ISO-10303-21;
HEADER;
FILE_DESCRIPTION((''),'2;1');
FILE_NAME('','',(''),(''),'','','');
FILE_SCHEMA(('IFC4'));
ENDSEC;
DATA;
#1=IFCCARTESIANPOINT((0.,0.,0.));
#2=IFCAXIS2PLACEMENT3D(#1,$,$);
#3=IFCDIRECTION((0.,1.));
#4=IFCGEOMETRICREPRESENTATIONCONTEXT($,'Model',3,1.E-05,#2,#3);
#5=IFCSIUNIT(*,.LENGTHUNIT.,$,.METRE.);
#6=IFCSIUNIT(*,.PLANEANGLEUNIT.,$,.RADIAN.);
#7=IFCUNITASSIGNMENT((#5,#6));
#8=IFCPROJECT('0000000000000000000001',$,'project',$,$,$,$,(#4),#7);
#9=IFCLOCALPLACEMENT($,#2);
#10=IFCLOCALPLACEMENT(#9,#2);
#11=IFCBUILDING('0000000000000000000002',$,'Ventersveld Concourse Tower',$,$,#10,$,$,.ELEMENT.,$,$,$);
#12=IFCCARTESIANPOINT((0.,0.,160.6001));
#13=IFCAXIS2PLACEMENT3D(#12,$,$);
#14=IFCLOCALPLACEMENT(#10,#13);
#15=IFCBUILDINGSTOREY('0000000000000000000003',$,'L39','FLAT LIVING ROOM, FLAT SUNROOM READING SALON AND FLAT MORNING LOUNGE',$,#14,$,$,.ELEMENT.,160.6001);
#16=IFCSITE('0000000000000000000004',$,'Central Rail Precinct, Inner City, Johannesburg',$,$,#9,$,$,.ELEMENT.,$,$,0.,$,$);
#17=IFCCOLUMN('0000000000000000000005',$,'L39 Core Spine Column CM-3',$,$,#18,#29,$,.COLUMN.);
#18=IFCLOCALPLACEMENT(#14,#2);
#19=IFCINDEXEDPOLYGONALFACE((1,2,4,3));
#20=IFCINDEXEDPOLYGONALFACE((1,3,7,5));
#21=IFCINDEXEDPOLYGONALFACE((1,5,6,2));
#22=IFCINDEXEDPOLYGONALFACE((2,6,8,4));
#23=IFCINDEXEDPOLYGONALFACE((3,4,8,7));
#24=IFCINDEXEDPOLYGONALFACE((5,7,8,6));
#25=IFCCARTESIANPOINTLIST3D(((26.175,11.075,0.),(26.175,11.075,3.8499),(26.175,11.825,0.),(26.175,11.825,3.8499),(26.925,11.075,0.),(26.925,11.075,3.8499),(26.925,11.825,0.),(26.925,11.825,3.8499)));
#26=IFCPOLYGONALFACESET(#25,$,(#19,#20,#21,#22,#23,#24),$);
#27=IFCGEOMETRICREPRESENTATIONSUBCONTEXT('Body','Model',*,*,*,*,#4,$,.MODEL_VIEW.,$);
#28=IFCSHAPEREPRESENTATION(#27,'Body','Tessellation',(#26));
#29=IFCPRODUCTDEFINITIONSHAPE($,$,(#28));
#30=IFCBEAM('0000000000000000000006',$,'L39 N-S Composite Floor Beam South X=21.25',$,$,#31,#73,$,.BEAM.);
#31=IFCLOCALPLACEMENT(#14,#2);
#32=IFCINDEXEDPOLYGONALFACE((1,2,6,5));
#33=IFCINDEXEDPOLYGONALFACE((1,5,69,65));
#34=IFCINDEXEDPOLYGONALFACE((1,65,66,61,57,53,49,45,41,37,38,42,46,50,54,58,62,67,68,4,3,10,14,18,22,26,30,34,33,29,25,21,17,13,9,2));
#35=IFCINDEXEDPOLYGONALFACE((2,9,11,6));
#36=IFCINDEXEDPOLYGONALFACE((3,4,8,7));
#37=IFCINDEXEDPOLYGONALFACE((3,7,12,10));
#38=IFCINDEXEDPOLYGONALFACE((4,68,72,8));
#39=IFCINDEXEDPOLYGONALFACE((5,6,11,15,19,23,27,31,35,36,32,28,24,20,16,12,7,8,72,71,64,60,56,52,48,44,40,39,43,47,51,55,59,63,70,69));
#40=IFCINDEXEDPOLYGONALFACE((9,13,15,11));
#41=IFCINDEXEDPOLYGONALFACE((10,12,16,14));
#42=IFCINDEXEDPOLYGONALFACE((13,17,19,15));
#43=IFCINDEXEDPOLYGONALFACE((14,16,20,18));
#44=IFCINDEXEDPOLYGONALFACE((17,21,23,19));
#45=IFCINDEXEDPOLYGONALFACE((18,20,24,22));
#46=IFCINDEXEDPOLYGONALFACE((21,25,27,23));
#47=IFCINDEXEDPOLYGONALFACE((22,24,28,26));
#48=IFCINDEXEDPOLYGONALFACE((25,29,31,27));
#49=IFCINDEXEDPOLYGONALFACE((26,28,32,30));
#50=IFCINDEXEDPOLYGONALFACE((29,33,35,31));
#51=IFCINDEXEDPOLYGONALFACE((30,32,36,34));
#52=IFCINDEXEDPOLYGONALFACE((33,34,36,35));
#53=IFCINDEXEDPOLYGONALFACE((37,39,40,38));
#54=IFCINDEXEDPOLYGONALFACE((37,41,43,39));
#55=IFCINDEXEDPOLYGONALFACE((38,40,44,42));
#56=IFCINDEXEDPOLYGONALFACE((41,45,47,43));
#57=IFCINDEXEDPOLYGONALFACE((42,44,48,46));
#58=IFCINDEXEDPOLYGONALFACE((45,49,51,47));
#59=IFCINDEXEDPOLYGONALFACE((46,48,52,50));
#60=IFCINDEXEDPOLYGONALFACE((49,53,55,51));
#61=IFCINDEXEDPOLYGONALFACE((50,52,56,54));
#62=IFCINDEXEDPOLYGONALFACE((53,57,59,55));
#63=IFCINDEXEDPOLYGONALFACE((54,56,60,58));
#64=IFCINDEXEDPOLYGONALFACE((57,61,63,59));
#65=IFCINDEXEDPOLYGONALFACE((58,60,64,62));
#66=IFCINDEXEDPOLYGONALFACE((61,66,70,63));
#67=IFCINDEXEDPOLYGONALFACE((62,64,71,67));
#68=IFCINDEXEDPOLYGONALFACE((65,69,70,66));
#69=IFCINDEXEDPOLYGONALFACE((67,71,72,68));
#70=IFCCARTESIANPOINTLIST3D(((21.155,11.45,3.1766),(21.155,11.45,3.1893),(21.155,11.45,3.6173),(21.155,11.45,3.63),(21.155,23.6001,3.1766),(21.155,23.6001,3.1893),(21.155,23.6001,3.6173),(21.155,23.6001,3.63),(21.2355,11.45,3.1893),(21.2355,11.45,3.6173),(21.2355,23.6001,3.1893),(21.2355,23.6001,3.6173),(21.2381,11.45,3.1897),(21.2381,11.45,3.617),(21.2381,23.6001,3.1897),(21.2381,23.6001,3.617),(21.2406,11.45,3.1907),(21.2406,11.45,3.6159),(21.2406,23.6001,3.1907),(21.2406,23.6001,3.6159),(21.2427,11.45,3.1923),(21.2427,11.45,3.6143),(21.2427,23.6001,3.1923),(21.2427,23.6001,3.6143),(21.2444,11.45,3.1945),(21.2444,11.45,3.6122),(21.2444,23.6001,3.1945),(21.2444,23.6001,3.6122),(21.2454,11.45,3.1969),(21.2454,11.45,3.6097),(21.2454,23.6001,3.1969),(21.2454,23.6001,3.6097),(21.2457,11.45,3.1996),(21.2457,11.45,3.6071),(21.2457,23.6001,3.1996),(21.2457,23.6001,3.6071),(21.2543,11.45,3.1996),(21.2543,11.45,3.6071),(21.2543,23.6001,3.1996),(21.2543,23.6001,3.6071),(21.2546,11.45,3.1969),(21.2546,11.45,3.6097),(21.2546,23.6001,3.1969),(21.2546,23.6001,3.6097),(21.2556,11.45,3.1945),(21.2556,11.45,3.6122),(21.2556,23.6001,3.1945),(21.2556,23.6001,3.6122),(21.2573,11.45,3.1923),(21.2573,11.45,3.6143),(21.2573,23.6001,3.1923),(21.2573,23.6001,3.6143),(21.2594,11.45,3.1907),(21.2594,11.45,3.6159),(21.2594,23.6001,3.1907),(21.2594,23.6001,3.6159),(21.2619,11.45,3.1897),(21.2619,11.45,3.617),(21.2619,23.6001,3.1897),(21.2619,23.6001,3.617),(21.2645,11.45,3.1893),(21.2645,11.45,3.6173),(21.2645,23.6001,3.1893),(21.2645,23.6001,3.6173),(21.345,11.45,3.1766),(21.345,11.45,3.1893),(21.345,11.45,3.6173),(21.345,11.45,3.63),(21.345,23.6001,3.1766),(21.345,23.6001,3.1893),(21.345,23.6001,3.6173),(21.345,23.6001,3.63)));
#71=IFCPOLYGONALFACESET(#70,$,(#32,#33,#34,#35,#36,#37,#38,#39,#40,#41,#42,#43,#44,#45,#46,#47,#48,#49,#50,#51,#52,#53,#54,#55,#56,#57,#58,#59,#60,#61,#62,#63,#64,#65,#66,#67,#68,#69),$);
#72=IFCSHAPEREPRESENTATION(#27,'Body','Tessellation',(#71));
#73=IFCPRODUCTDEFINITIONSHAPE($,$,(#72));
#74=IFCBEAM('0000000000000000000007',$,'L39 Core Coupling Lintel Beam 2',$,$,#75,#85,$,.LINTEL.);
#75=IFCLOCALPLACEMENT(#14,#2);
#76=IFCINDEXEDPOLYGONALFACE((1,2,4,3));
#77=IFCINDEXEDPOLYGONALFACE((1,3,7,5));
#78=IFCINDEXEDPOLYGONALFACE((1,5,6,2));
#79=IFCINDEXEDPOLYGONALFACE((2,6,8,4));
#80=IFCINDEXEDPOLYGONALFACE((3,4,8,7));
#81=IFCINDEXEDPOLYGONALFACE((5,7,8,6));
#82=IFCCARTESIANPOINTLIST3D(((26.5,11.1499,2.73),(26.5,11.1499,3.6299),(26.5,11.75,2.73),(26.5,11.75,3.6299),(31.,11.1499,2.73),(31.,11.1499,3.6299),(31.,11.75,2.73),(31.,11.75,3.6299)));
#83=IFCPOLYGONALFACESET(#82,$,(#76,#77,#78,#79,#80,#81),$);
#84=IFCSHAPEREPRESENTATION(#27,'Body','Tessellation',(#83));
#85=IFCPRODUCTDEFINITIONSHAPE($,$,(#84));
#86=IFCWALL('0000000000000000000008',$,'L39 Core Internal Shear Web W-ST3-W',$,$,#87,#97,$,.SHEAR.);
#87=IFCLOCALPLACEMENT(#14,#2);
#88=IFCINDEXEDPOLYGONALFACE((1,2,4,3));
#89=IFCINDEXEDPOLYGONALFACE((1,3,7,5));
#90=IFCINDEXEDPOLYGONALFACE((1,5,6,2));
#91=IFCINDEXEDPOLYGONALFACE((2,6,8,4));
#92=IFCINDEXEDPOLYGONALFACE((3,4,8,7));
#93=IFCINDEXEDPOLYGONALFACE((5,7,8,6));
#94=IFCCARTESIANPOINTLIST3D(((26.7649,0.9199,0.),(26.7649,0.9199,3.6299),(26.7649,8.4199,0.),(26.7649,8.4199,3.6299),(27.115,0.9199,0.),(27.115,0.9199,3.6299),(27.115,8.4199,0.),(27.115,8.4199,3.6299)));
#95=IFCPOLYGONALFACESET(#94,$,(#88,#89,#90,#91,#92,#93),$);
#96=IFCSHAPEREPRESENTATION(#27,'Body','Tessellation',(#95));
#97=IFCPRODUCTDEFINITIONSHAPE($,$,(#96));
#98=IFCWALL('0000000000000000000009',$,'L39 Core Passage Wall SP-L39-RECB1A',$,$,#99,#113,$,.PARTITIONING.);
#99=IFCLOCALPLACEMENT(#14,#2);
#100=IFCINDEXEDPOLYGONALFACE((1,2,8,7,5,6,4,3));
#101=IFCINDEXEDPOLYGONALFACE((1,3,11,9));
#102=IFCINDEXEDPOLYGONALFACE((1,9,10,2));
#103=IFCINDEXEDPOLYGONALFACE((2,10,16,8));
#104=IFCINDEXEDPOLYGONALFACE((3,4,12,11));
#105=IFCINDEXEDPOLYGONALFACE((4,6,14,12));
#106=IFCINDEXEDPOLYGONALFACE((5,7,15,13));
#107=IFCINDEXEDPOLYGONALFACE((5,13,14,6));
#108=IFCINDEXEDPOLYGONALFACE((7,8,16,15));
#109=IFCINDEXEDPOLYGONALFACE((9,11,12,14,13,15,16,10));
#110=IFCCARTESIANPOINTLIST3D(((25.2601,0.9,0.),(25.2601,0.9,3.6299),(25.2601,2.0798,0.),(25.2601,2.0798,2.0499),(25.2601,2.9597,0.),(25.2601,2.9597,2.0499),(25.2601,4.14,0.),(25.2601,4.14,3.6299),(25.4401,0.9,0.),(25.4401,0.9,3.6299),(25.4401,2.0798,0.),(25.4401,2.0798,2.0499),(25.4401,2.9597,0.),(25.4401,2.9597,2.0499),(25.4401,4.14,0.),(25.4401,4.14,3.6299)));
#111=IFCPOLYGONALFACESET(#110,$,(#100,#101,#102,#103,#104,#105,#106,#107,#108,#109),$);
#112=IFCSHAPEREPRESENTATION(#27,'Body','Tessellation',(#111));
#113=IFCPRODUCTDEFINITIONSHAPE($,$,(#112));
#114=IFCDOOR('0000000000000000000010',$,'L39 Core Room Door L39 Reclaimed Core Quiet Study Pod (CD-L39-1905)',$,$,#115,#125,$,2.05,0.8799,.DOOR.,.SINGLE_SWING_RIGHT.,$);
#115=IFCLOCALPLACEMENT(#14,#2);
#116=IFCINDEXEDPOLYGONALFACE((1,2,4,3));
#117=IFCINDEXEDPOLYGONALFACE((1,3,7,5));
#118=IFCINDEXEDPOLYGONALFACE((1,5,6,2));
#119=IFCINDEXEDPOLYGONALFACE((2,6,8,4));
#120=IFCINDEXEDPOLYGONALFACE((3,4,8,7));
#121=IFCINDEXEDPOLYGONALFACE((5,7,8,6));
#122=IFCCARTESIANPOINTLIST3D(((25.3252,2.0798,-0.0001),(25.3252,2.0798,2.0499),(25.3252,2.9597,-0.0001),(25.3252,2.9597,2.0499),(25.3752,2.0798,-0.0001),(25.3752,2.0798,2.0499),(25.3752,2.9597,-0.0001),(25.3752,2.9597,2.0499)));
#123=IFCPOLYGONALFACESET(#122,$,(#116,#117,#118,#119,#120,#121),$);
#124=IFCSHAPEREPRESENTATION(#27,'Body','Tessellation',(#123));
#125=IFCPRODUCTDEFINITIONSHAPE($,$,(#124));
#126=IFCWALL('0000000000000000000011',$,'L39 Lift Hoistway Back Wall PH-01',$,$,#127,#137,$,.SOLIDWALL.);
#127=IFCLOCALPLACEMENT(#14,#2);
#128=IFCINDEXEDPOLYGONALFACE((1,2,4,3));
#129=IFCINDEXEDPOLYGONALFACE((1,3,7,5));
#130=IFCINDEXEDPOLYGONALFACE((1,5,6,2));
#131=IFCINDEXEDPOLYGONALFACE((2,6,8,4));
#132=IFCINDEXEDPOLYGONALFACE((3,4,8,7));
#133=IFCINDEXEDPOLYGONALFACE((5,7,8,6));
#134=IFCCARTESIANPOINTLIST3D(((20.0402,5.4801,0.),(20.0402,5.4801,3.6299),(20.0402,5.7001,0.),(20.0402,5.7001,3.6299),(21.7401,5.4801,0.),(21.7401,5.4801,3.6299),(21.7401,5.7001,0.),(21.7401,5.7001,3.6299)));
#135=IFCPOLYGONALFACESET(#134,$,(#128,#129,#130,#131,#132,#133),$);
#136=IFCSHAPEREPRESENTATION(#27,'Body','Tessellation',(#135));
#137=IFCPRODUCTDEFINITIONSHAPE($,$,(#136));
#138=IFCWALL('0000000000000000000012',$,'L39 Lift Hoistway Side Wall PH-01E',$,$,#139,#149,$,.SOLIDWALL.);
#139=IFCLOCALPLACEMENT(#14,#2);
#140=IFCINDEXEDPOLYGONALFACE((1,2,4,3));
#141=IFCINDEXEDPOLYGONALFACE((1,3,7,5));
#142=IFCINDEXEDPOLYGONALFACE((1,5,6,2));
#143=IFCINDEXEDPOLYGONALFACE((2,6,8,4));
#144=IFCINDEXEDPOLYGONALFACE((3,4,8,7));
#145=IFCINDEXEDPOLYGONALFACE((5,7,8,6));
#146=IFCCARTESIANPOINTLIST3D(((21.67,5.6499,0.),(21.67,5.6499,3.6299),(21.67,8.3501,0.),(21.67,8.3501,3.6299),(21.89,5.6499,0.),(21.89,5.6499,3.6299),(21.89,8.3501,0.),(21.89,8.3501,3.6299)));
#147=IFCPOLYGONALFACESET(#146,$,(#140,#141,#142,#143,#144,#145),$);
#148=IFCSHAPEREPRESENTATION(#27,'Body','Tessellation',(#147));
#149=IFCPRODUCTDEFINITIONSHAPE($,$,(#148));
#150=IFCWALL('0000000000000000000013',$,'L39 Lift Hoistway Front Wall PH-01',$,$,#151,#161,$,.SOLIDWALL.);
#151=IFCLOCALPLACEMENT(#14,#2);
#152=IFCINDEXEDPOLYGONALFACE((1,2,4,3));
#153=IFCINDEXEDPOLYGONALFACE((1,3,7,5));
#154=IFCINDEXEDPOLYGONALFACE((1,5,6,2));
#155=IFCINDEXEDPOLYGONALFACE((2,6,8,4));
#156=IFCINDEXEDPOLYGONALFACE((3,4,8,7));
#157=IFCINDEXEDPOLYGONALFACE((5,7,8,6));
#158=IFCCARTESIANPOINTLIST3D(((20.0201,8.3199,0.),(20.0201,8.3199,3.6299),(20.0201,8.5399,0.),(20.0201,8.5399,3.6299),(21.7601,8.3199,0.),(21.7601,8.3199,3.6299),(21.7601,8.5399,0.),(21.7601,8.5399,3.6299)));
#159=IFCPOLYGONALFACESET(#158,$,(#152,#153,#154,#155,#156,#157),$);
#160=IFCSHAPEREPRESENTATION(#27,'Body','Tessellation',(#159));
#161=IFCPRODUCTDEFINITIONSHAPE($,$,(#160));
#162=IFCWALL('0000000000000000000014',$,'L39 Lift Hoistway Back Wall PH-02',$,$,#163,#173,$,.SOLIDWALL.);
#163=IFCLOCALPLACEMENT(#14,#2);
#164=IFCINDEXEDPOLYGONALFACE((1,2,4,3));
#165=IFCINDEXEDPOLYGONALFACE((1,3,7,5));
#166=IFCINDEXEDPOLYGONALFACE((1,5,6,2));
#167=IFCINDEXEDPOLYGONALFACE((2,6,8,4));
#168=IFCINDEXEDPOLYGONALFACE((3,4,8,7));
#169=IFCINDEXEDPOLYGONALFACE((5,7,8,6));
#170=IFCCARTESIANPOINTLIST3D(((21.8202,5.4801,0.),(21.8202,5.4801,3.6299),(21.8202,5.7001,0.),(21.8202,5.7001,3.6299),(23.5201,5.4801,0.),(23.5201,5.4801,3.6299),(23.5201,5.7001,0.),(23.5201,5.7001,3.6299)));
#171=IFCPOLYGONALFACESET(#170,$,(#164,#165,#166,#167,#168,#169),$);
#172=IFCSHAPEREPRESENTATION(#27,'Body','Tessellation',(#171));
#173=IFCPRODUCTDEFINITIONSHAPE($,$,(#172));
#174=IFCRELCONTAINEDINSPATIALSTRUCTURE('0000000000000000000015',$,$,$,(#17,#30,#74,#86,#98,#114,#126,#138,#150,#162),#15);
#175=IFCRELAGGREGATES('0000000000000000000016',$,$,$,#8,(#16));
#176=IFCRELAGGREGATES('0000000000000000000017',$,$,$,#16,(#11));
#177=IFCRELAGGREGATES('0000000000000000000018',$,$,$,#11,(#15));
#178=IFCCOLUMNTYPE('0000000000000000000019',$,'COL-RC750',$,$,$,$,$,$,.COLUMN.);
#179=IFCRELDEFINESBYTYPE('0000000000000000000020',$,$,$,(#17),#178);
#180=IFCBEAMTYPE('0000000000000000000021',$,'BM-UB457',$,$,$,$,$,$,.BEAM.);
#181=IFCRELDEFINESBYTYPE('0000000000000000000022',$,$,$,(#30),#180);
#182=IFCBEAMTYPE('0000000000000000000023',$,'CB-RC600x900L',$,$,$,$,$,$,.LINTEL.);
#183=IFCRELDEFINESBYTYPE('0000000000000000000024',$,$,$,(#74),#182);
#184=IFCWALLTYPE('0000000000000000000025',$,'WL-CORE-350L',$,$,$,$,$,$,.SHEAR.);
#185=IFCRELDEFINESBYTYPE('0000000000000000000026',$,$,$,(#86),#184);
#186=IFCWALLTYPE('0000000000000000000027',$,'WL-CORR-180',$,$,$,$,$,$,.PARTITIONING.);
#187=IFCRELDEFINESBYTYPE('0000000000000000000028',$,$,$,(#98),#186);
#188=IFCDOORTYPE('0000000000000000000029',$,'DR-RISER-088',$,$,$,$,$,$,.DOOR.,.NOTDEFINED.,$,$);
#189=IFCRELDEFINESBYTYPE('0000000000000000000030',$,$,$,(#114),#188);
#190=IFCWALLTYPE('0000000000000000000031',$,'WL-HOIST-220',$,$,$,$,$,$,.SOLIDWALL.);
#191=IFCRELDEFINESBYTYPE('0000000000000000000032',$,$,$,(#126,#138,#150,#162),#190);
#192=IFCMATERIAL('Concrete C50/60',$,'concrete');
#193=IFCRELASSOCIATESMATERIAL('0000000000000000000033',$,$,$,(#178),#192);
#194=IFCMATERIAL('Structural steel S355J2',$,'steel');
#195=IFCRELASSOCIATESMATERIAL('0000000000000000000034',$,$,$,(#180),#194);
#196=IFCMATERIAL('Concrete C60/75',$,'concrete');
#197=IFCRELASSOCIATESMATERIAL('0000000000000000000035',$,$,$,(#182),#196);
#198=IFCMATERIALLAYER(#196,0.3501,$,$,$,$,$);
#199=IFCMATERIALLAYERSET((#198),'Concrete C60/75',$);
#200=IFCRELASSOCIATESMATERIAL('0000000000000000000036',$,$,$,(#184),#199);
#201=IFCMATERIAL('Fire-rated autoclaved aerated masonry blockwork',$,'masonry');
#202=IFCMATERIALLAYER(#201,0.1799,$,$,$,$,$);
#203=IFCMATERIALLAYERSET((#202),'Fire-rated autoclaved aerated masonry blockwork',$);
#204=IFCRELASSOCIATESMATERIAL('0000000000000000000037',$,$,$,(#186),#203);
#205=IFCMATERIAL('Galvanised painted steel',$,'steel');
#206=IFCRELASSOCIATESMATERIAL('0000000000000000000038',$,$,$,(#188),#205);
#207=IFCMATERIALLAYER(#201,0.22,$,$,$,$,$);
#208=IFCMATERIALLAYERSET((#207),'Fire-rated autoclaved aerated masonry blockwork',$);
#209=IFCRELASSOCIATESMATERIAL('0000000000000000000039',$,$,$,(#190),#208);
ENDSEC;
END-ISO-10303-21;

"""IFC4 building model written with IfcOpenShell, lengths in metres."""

from ifc_helpers import new_model, si_unit, direction, frame, frame_2d, origin, origin_2d, place, context, subcontext, project, spatial, rectangle, i_section, extrude, material, layer, layer_set, material_profile, profile_set, type_object, element, fill, save


model = new_model("IFC4")

# Units and contexts
model_context = context("Model", 3, precision=1e-05, world=origin(), true_north=direction((0.0, 1.0)))
body_context = subcontext(model_context, "Body", "Model", "MODEL_VIEW")
ifc_project = project(units=[si_unit("LENGTHUNIT", "METRE"), si_unit("PLANEANGLEUNIT", "RADIAN")], contexts=[model_context])

# Site, building, storey
site_placement = place(None, origin())
site = spatial("IfcSite", under=ifc_project, at=site_placement, Name="Central Rail Precinct, Inner City, Johannesburg", CompositionType="ELEMENT", RefElevation=0.0)
building_placement = place(site_placement, origin())
building = spatial("IfcBuilding", under=site, at=building_placement, Name="Ventersveld Concourse Tower", CompositionType="ELEMENT")
storey_placement = place(building_placement, frame((0.0, 0.0, 160.6001)))
storey = spatial("IfcBuildingStorey", under=building, at=storey_placement, Name="L39", Description="FLAT LIVING ROOM, FLAT SUNROOM READING SALON AND FLAT MORNING LOUNGE", CompositionType="ELEMENT", Elevation=160.6001)

# Column
ifc_material_1 = material(Name="Concrete C50/60", Category="concrete")
ifc_material_profile_1 = material_profile(ifc_material_1, rectangle(XDim=0.75, YDim=0.75, at=origin_2d()), Name="RC 750x750")
ifc_profile_set_1 = profile_set([ifc_material_profile_1], Name="Concrete C50/60")
column_type = type_object("IfcColumnType", Name="COL-RC750", PredefinedType="COLUMN", material=ifc_profile_set_1)
column_placement = place(storey_placement, frame((26.55, 11.45, 0.0), z_axis=(0.0, 0.0, 1.0), x_axis=(1.0, 0.0, 0.0)))
element("IfcColumn", 1, at=column_placement, inside=storey, type_object=column_type, Name="L39 Core Spine Column CM-3", PredefinedType="COLUMN", context=body_context, shape_type="SweptSolid", body=[
    extrude(rectangle(XDim=0.75, YDim=0.75, at=origin_2d()), origin(), (0.0, 0.0, 1.0), 3.8499),
])

# Beams
ifc_material_2 = material(Name="Structural steel S355J2", Category="steel")
ifc_material_profile_2 = material_profile(ifc_material_2, i_section(OverallWidth=0.1899, OverallDepth=0.4534, WebThickness=0.0085, FlangeThickness=0.0127, FilletRadius=0.0103, at=origin_2d()), Name="UB 457x191x67")
ifc_profile_set_2 = profile_set([ifc_material_profile_2], Name="Structural steel S355J2")
beam_type_1 = type_object("IfcBeamType", Name="BM-UB457", PredefinedType="BEAM", material=ifc_profile_set_2)
beam_1_placement = place(storey_placement, frame((21.25, 11.45, 3.4033), z_axis=(0.0, 1.0, 0.0), x_axis=(-1.0, 0.0, 0.0)))
element("IfcBeam", 2, at=beam_1_placement, inside=storey, type_object=beam_type_1, Name="L39 N-S Composite Floor Beam South X=21.25", PredefinedType="BEAM", context=body_context, shape_type="SweptSolid", body=[
    extrude(i_section(OverallWidth=0.1899, OverallDepth=0.4534, WebThickness=0.0085, FlangeThickness=0.0127, FilletRadius=0.0103, at=origin_2d()), origin(), (0.0, 0.0, 1.0), 12.1501),
])
ifc_material_3 = material(Name="Concrete C60/75", Category="concrete")
ifc_material_profile_3 = material_profile(ifc_material_3, rectangle(XDim=0.6001, YDim=0.8999, at=origin_2d()), Name="RC 600x900")
ifc_profile_set_3 = profile_set([ifc_material_profile_3], Name="Concrete C60/75")
beam_type_2 = type_object("IfcBeamType", Name="CB-RC600x900L", PredefinedType="LINTEL", material=ifc_profile_set_3)
beam_2_placement = place(storey_placement, frame((26.5, 11.45, 3.1799), z_axis=(1.0, 0.0, 0.0), x_axis=(0.0, 1.0, 0.0)))
element("IfcBeam", 3, at=beam_2_placement, inside=storey, type_object=beam_type_2, Name="L39 Core Coupling Lintel Beam 2", PredefinedType="LINTEL", context=body_context, shape_type="SweptSolid", body=[
    extrude(rectangle(XDim=0.6001, YDim=0.8999, at=origin_2d()), origin(), (0.0, 0.0, 1.0), 4.5),
])

# Wall
ifc_layer_1 = layer(ifc_material_3, 0.3501)
ifc_layer_set_1 = layer_set([ifc_layer_1], Name="Concrete C60/75")
wall_type_1 = type_object("IfcWallType", Name="WL-CORE-350L", PredefinedType="SHEAR", material=ifc_layer_set_1)
wall_1_placement = place(storey_placement, frame((26.9399, 0.9199, 0.0), z_axis=(0.0, 0.0, 1.0), x_axis=(0.0, 1.0, 0.0)))
element("IfcWall", 4, at=wall_1_placement, inside=storey, type_object=wall_type_1, Name="L39 Core Internal Shear Web W-ST3-W", PredefinedType="SHEAR", context=body_context, shape_type="SweptSolid", body=[
    extrude(rectangle(XDim=7.5, YDim=0.3501, at=frame_2d((3.75, 0.0))), origin(), (0.0, 0.0, 1.0), 3.6299),
])

# Wall, opening, door
ifc_material_4 = material(Name="Fire-rated autoclaved aerated masonry blockwork", Category="masonry")
ifc_layer_2 = layer(ifc_material_4, 0.1799)
ifc_layer_set_2 = layer_set([ifc_layer_2], Name="Fire-rated autoclaved aerated masonry blockwork")
wall_type_2 = type_object("IfcWallType", Name="WL-CORR-180", PredefinedType="PARTITIONING", material=ifc_layer_set_2)
wall_2_placement = place(storey_placement, frame((25.3501, 0.8999, 0.0), z_axis=(0.0, 0.0, 1.0), x_axis=(0.0, 1.0, 0.0)))
wall_2 = element("IfcWall", 5, at=wall_2_placement, inside=storey, type_object=wall_type_2, Name="L39 Core Passage Wall SP-L39-RECB1A", PredefinedType="PARTITIONING", context=body_context, shape_type="SweptSolid", body=[
    extrude(rectangle(XDim=3.24, YDim=0.1799, at=frame_2d((1.6201, 0.0))), origin(), (0.0, 0.0, 1.0), 3.6299),
])
opening_1_placement = place(wall_2_placement, frame((1.1799, 0.0, 0.0)))
opening_1 = element("IfcOpeningElement", 6, at=opening_1_placement, cuts=wall_2, PredefinedType="OPENING", context=body_context, shape_type="SweptSolid", body=[
    extrude(rectangle(XDim=0.8799, YDim=2.05, at=frame_2d((0.4399, 1.0249))), frame((0.0, 0.1001, 0.0), z_axis=(0.0, -1.0, 0.0), x_axis=(1.0, 0.0, 0.0)), (0.0, 0.0, 1.0), 0.2),
])
ifc_material_5 = material(Name="Galvanised painted steel", Category="steel")
door_type_1 = type_object("IfcDoorType", Name="DR-RISER-088", OperationType="NOTDEFINED", PredefinedType="DOOR", material=ifc_material_5)
door_1_placement = place(opening_1_placement, origin())
door_1 = element("IfcDoor", 7, at=door_1_placement, inside=storey, type_object=door_type_1, Name="L39 Core Room Door L39 Reclaimed Core Quiet Study Pod (CD-L39-1905)", OperationType="SINGLE_SWING_RIGHT", OverallHeight=2.05, OverallWidth=0.8799, PredefinedType="DOOR", context=body_context, shape_type="SweptSolid", body=[
    extrude(rectangle(XDim=0.8799, YDim=2.05, at=frame_2d((0.4399, 1.0249))), frame((0.0, 0.0249, 0.0), z_axis=(0.0, -1.0, 0.0), x_axis=(1.0, 0.0, 0.0)), (0.0, 0.0, 1.0), 0.05),
])
fill(opening_1, door_1)

# Walls
ifc_layer_3 = layer(ifc_material_4, 0.22)
ifc_layer_set_3 = layer_set([ifc_layer_3], Name="Fire-rated autoclaved aerated masonry blockwork")
wall_type_3 = type_object("IfcWallType", Name="WL-HOIST-220", PredefinedType="SOLIDWALL", material=ifc_layer_set_3)
wall_3_placement = place(storey_placement, frame((20.04, 5.5901, 0.0), z_axis=(0.0, 0.0, 1.0), x_axis=(1.0, 0.0, 0.0)))
element("IfcWall", 8, at=wall_3_placement, inside=storey, type_object=wall_type_3, Name="L39 Lift Hoistway Back Wall PH-01", PredefinedType="SOLIDWALL", context=body_context, shape_type="SweptSolid", body=[
    extrude(rectangle(XDim=1.7, YDim=0.22, at=frame_2d((0.8501, 0.0))), origin(), (0.0, 0.0, 1.0), 3.6299),
])
wall_4_placement = place(storey_placement, frame((21.78, 5.6499, 0.0), z_axis=(0.0, 0.0, 1.0), x_axis=(0.0, 1.0, 0.0)))
element("IfcWall", 9, at=wall_4_placement, inside=storey, type_object=wall_type_3, Name="L39 Lift Hoistway Side Wall PH-01E", PredefinedType="SOLIDWALL", context=body_context, shape_type="SweptSolid", body=[
    extrude(rectangle(XDim=2.7002, YDim=0.22, at=frame_2d((1.3501, 0.0))), origin(), (0.0, 0.0, 1.0), 3.6299),
])
wall_5_placement = place(storey_placement, frame((20.02, 8.4299, 0.0), z_axis=(0.0, 0.0, 1.0), x_axis=(1.0, 0.0, 0.0)))
element("IfcWall", 10, at=wall_5_placement, inside=storey, type_object=wall_type_3, Name="L39 Lift Hoistway Front Wall PH-01", PredefinedType="SOLIDWALL", context=body_context, shape_type="SweptSolid", body=[
    extrude(rectangle(XDim=1.74, YDim=0.22, at=frame_2d((0.8701, 0.0))), origin(), (0.0, 0.0, 1.0), 3.6299),
])
wall_6_placement = place(storey_placement, frame((21.8201, 5.5901, 0.0), z_axis=(0.0, 0.0, 1.0), x_axis=(1.0, 0.0, 0.0)))
element("IfcWall", 11, at=wall_6_placement, inside=storey, type_object=wall_type_3, Name="L39 Lift Hoistway Back Wall PH-02", PredefinedType="SOLIDWALL", context=body_context, shape_type="SweptSolid", body=[
    extrude(rectangle(XDim=1.7, YDim=0.22, at=frame_2d((0.8501, 0.0))), origin(), (0.0, 0.0, 1.0), 3.6299),
])

save(model, "model.ifc")
